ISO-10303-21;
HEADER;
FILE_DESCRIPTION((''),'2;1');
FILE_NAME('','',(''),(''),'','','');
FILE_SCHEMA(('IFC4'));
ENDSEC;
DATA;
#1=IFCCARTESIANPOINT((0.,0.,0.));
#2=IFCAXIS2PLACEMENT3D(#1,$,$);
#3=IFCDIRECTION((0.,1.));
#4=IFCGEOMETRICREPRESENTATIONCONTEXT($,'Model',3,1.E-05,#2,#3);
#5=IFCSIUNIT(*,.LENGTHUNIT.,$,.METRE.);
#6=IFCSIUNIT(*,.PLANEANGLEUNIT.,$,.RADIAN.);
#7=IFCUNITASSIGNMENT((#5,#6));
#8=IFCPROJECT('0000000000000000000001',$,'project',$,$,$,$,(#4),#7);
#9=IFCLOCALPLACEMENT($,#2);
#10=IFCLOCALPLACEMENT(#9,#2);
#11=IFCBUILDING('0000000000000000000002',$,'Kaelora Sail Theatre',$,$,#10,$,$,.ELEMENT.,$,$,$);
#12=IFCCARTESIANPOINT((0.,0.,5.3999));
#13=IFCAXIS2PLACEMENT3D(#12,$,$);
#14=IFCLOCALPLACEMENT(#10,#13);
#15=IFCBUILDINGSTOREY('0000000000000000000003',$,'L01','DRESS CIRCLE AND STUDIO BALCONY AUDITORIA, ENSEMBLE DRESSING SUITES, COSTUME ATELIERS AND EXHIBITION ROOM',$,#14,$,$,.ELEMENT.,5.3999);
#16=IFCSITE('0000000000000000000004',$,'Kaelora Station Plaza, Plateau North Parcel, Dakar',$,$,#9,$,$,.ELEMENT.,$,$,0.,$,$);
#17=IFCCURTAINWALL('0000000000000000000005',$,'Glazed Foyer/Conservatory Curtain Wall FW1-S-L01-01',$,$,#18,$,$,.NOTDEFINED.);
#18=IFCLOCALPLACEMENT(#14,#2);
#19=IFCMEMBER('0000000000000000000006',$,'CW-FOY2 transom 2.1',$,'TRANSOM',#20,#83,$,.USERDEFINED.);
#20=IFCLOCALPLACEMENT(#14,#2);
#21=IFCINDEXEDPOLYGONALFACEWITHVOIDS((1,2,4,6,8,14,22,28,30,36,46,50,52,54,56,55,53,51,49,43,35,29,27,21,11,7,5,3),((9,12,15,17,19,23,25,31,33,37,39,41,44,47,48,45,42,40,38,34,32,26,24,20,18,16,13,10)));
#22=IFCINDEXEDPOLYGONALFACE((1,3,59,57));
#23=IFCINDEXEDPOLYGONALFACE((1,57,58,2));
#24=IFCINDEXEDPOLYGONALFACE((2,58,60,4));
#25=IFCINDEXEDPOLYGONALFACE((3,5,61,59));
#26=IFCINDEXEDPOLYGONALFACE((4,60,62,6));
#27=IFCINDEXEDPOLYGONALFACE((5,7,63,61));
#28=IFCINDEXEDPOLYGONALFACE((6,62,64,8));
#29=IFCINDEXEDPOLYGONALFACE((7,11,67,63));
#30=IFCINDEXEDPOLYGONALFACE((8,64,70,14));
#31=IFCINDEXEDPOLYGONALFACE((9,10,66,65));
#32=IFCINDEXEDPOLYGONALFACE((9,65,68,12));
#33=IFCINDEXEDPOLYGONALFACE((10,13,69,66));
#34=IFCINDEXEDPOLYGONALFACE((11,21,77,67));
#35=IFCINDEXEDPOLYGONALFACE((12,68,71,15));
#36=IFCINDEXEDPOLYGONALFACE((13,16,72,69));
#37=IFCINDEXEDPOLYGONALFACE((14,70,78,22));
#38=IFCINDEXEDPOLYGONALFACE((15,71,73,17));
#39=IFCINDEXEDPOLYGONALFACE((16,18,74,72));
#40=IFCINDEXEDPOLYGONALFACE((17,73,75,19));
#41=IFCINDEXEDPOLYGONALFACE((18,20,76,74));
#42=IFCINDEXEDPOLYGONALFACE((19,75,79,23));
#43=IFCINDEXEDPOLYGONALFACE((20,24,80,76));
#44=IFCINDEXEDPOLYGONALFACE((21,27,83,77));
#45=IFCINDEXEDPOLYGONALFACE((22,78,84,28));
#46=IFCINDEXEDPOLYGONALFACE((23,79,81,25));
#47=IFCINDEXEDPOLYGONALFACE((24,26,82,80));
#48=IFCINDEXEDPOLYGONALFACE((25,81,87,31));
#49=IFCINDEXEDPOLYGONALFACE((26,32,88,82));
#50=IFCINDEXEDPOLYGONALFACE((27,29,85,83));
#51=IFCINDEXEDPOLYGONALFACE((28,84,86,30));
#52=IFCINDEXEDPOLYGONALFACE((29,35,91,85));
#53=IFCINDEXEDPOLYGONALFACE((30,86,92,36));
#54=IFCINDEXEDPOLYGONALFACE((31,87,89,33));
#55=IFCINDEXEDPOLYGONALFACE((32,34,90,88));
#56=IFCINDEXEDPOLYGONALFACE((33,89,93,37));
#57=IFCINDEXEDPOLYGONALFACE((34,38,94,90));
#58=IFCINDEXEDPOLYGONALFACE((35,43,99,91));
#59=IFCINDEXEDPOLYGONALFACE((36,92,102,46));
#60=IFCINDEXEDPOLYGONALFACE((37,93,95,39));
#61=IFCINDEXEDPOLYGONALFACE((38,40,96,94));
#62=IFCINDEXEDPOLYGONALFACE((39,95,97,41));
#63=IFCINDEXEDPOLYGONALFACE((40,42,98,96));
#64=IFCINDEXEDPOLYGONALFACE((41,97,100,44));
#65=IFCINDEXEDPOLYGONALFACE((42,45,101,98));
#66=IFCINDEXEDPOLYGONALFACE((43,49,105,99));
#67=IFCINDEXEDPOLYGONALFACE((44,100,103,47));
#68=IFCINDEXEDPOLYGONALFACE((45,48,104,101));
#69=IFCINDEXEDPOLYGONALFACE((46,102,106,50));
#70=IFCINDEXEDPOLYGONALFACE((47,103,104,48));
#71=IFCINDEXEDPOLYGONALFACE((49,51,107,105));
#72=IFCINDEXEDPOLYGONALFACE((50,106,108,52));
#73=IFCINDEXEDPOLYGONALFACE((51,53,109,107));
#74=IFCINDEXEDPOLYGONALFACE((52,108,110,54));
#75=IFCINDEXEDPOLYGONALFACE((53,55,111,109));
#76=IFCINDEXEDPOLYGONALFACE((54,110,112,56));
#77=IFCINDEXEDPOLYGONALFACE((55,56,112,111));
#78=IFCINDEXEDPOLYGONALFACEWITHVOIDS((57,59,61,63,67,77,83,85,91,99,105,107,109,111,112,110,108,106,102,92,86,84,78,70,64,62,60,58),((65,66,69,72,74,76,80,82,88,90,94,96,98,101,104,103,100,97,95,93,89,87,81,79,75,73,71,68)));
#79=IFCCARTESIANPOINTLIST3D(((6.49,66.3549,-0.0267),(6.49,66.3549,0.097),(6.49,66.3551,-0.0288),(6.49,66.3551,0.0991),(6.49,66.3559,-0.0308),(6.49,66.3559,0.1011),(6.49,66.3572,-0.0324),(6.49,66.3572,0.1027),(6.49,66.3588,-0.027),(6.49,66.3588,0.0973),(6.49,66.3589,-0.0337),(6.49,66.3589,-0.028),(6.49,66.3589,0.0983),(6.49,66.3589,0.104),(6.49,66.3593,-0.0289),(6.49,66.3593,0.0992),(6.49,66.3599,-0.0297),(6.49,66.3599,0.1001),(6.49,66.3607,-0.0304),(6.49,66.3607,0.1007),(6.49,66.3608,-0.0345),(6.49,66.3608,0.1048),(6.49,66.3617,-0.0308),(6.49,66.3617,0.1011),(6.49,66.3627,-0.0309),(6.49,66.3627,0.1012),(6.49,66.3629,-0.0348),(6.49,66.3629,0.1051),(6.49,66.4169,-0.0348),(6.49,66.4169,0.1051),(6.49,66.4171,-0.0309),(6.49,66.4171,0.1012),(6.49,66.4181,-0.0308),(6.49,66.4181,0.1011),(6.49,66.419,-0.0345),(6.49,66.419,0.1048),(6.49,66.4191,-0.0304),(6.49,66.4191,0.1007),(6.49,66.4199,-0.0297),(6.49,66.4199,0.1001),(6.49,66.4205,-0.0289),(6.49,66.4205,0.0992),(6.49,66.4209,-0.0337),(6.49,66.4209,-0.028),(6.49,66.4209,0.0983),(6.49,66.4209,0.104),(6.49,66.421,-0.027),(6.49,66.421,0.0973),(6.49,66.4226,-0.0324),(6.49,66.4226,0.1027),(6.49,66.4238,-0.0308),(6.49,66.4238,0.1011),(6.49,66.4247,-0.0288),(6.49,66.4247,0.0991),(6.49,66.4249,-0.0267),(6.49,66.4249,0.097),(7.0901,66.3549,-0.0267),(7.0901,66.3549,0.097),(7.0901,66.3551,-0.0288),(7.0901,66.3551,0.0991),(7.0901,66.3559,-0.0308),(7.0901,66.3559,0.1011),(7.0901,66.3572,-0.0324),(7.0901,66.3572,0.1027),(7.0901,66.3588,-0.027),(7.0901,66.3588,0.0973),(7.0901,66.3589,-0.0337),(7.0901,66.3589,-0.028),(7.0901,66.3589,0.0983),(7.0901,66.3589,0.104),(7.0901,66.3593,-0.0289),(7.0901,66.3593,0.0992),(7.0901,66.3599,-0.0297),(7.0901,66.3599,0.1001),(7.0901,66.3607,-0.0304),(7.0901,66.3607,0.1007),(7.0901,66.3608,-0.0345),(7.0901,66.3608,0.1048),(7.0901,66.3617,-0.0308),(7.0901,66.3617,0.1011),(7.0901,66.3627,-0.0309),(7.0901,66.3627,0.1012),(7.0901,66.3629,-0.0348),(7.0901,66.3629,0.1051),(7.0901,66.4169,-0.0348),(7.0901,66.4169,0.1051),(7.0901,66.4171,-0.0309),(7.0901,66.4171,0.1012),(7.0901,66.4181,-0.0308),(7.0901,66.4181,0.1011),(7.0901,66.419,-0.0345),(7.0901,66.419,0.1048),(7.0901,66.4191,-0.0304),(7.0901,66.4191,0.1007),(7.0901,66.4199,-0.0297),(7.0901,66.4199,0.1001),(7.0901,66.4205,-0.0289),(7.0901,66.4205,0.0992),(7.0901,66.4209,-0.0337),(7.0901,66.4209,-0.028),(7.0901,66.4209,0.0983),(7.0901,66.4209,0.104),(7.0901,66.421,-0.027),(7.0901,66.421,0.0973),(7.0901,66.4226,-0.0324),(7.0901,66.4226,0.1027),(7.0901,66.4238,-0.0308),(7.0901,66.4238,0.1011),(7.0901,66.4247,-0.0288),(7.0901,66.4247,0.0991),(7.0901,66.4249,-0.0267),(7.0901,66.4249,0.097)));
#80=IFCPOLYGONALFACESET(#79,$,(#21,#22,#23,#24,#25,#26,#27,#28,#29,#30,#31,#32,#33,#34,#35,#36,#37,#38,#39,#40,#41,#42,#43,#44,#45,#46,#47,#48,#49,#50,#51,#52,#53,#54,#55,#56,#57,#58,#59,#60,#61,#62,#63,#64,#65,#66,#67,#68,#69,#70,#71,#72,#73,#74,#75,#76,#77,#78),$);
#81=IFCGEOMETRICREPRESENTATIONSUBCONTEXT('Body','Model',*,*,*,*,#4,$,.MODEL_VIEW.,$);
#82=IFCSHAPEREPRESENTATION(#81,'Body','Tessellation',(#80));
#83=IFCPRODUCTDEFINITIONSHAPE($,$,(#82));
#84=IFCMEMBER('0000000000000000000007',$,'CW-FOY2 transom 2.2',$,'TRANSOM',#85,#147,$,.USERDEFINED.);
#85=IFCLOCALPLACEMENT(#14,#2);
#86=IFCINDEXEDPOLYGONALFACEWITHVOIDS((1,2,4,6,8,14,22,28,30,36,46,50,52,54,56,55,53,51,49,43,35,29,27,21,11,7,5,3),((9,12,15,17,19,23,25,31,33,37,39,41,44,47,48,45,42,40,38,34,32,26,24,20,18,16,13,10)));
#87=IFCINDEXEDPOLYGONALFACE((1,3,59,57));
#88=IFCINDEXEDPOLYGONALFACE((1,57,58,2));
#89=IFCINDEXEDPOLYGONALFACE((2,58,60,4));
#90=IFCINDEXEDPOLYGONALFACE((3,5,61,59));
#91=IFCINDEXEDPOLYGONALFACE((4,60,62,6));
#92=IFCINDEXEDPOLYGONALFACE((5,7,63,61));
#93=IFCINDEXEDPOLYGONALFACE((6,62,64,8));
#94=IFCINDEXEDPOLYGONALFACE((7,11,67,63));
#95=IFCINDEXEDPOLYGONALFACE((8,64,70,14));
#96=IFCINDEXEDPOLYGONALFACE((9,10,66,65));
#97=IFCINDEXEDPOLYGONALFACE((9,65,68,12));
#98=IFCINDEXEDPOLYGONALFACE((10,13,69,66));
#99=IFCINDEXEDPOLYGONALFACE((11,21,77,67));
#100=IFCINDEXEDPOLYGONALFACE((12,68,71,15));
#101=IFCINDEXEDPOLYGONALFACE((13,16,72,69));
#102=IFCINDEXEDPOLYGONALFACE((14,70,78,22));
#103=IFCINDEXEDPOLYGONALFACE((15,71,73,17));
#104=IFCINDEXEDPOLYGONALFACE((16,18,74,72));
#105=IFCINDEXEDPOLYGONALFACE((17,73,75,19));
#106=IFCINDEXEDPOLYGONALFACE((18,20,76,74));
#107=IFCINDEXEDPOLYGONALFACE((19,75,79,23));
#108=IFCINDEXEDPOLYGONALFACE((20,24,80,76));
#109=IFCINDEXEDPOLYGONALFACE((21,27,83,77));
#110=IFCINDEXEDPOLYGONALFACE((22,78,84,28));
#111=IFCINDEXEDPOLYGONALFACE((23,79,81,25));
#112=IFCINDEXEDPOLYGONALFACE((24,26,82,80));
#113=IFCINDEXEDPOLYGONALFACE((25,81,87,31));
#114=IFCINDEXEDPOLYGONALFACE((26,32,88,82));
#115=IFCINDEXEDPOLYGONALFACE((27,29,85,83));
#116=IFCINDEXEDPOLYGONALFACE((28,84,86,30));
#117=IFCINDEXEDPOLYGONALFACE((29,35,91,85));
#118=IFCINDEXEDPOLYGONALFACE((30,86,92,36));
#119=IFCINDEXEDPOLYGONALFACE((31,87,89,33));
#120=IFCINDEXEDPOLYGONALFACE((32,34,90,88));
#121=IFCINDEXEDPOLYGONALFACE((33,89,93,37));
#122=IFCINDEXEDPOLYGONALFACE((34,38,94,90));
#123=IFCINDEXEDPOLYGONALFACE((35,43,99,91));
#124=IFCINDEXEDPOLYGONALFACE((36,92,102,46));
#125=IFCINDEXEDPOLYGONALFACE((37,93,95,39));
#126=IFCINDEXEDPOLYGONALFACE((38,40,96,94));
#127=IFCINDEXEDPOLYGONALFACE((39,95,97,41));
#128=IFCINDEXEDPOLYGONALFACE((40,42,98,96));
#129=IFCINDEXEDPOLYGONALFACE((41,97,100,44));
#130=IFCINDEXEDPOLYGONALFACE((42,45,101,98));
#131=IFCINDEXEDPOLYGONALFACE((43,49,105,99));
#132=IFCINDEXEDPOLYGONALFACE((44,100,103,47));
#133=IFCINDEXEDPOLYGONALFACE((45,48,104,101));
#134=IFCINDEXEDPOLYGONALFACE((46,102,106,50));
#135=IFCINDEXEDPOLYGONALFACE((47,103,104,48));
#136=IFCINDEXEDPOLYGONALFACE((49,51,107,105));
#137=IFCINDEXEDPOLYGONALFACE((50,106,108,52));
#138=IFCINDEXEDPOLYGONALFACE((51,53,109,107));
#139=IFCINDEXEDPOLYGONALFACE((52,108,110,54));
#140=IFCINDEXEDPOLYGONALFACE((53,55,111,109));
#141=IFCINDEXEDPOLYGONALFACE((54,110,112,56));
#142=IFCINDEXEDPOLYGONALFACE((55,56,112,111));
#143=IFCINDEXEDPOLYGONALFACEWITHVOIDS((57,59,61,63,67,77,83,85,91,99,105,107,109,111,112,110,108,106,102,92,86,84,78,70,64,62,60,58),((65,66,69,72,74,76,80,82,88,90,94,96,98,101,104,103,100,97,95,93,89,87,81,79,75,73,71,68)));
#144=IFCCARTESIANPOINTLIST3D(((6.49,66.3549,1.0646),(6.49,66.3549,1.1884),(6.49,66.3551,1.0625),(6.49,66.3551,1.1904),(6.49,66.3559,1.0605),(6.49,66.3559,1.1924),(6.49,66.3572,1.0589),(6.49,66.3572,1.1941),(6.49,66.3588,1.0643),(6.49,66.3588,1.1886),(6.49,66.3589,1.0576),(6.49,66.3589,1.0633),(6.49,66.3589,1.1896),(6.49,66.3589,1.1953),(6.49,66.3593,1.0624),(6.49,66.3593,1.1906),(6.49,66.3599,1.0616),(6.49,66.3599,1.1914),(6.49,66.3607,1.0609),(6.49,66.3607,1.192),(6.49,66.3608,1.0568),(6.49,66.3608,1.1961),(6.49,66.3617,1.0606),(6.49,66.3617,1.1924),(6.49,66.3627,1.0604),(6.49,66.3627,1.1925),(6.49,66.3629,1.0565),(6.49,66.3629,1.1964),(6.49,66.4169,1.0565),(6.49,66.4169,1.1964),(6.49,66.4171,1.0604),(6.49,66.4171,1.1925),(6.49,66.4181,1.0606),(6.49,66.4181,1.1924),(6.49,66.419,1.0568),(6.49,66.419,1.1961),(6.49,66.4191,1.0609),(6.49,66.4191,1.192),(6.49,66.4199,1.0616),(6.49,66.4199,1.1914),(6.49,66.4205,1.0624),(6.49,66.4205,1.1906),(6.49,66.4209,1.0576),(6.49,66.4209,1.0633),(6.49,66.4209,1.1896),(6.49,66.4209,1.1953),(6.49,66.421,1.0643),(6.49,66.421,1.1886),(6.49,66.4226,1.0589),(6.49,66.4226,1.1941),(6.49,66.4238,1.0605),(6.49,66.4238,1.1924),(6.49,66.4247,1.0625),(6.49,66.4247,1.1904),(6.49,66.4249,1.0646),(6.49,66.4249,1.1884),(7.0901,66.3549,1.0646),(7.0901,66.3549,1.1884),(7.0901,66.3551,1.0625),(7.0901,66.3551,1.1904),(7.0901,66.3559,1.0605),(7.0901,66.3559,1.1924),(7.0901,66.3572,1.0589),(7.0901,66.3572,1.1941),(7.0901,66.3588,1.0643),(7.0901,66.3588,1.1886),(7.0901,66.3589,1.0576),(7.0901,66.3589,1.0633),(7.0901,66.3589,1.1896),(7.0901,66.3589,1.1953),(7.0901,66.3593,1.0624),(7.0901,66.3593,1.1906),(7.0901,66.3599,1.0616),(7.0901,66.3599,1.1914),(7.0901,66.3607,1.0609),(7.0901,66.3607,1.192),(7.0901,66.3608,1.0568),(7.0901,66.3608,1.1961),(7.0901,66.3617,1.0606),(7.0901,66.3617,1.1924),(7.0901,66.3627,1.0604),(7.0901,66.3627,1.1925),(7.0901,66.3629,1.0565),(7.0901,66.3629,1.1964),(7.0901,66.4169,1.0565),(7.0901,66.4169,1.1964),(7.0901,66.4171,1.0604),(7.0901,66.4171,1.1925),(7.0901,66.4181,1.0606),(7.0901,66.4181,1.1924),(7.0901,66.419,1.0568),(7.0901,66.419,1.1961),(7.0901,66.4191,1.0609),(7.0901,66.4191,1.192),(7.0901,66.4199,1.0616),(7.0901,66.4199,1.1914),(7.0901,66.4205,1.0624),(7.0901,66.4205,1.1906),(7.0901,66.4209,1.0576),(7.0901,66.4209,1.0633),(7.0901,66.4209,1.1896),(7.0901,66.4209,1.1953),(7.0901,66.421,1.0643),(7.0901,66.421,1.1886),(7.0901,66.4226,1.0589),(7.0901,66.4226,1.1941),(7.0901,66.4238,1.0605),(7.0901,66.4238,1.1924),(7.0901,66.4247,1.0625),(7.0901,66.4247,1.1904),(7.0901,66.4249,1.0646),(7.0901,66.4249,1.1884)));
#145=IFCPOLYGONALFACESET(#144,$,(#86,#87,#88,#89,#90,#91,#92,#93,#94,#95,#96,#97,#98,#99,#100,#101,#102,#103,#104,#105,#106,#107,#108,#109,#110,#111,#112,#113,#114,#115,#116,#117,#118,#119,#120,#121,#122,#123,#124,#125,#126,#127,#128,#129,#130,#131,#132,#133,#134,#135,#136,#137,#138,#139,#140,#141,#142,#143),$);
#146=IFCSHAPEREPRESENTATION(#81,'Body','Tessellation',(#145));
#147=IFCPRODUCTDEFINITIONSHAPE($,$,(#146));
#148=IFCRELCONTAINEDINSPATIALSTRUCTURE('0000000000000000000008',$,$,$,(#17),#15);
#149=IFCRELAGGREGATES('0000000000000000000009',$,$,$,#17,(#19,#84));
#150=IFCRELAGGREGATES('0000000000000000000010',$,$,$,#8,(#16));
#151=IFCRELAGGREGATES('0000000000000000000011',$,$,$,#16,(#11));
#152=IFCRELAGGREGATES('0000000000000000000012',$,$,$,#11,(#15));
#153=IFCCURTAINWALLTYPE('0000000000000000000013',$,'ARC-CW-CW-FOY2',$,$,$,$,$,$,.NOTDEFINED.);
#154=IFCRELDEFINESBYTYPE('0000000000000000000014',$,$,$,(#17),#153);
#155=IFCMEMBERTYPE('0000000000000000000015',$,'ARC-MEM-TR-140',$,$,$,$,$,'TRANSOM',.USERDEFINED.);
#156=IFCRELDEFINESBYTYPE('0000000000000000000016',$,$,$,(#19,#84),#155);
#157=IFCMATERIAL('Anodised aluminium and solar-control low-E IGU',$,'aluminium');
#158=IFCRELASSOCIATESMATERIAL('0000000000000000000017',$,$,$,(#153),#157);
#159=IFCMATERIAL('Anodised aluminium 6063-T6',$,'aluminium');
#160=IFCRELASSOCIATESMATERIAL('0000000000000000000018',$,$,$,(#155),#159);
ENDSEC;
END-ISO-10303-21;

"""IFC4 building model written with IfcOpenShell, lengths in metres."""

from ifc_helpers import new_model, si_unit, direction, frame, origin, origin_2d, place, context, subcontext, project, spatial, hollow_rectangle, extrude, material, material_profile, profile_set, type_object, element, aggregate, save


model = new_model("IFC4")

# Units and contexts
model_context = context("Model", 3, precision=1e-05, world=origin(), true_north=direction((0.0, 1.0)))
body_context = subcontext(model_context, "Body", "Model", "MODEL_VIEW")
ifc_project = project(units=[si_unit("LENGTHUNIT", "METRE"), si_unit("PLANEANGLEUNIT", "RADIAN")], contexts=[model_context])

# Site, building, storey
site_placement = place(None, origin())
site = spatial("IfcSite", under=ifc_project, at=site_placement, Name="Kaelora Station Plaza, Plateau North Parcel, Dakar", CompositionType="ELEMENT", RefElevation=0.0)
building_placement = place(site_placement, origin())
building = spatial("IfcBuilding", under=site, at=building_placement, Name="Kaelora Sail Theatre", CompositionType="ELEMENT")
storey_placement = place(building_placement, frame((0.0, 0.0, 5.3999)))
storey = spatial("IfcBuildingStorey", under=building, at=storey_placement, Name="L01", Description="DRESS CIRCLE AND STUDIO BALCONY AUDITORIA, ENSEMBLE DRESSING SUITES, COSTUME ATELIERS AND EXHIBITION ROOM", CompositionType="ELEMENT", Elevation=5.3999)

# Curtain wall, members
ifc_material_1 = material(Name="Anodised aluminium and solar-control low-E IGU", Category="aluminium")
curtain_wall_type = type_object("IfcCurtainWallType", Name="ARC-CW-CW-FOY2", PredefinedType="NOTDEFINED", material=ifc_material_1)
curtain_wall_placement = place(storey_placement, origin())
curtain_wall = element("IfcCurtainWall", 1, at=curtain_wall_placement, inside=storey, type_object=curtain_wall_type, Name="Glazed Foyer/Conservatory Curtain Wall FW1-S-L01-01", PredefinedType="NOTDEFINED")
ifc_material_2 = material(Name="Anodised aluminium 6063-T6", Category="aluminium")
ifc_material_profile_1 = material_profile(ifc_material_2, hollow_rectangle(XDim=0.0701, YDim=0.1399, WallThickness=0.0039, InnerFilletRadius=0.0039, OuterFilletRadius=0.0081, at=origin_2d()), Name="ALU-TRAN 70x140x4")
ifc_profile_set_1 = profile_set([ifc_material_profile_1], Name="Anodised aluminium 6063-T6")
member_type_1 = type_object("IfcMemberType", Name="ARC-MEM-TR-140", ElementType="TRANSOM", PredefinedType="USERDEFINED", material=ifc_profile_set_1)
member_1_placement = place(storey_placement, frame((6.49, 66.3899, 0.0352), z_axis=(1.0, 0.0, 0.0), x_axis=(0.0, 1.0, 0.0)))
member_1 = element("IfcMember", 2, at=member_1_placement, type_object=member_type_1, Name="CW-FOY2 transom 2.1", ObjectType="TRANSOM", PredefinedType="USERDEFINED", context=body_context, shape_type="SweptSolid", body=[
    extrude(hollow_rectangle(XDim=0.0701, YDim=0.1399, WallThickness=0.0039, InnerFilletRadius=0.0039, OuterFilletRadius=0.0081, at=origin_2d()), origin(), (0.0, 0.0, 1.0), 0.6001),
])
member_2_placement = place(storey_placement, frame((6.49, 66.3899, 1.1265), z_axis=(1.0, 0.0, 0.0), x_axis=(0.0, 1.0, 0.0)))
member_2 = element("IfcMember", 3, at=member_2_placement, type_object=member_type_1, Name="CW-FOY2 transom 2.2", ObjectType="TRANSOM", PredefinedType="USERDEFINED", context=body_context, shape_type="SweptSolid", body=[
    extrude(hollow_rectangle(XDim=0.0701, YDim=0.1399, WallThickness=0.0039, InnerFilletRadius=0.0039, OuterFilletRadius=0.0081, at=origin_2d()), origin(), (0.0, 0.0, 1.0), 0.6001),
])
aggregate(curtain_wall, [member_1, member_2])

save(model, "model.ifc")
